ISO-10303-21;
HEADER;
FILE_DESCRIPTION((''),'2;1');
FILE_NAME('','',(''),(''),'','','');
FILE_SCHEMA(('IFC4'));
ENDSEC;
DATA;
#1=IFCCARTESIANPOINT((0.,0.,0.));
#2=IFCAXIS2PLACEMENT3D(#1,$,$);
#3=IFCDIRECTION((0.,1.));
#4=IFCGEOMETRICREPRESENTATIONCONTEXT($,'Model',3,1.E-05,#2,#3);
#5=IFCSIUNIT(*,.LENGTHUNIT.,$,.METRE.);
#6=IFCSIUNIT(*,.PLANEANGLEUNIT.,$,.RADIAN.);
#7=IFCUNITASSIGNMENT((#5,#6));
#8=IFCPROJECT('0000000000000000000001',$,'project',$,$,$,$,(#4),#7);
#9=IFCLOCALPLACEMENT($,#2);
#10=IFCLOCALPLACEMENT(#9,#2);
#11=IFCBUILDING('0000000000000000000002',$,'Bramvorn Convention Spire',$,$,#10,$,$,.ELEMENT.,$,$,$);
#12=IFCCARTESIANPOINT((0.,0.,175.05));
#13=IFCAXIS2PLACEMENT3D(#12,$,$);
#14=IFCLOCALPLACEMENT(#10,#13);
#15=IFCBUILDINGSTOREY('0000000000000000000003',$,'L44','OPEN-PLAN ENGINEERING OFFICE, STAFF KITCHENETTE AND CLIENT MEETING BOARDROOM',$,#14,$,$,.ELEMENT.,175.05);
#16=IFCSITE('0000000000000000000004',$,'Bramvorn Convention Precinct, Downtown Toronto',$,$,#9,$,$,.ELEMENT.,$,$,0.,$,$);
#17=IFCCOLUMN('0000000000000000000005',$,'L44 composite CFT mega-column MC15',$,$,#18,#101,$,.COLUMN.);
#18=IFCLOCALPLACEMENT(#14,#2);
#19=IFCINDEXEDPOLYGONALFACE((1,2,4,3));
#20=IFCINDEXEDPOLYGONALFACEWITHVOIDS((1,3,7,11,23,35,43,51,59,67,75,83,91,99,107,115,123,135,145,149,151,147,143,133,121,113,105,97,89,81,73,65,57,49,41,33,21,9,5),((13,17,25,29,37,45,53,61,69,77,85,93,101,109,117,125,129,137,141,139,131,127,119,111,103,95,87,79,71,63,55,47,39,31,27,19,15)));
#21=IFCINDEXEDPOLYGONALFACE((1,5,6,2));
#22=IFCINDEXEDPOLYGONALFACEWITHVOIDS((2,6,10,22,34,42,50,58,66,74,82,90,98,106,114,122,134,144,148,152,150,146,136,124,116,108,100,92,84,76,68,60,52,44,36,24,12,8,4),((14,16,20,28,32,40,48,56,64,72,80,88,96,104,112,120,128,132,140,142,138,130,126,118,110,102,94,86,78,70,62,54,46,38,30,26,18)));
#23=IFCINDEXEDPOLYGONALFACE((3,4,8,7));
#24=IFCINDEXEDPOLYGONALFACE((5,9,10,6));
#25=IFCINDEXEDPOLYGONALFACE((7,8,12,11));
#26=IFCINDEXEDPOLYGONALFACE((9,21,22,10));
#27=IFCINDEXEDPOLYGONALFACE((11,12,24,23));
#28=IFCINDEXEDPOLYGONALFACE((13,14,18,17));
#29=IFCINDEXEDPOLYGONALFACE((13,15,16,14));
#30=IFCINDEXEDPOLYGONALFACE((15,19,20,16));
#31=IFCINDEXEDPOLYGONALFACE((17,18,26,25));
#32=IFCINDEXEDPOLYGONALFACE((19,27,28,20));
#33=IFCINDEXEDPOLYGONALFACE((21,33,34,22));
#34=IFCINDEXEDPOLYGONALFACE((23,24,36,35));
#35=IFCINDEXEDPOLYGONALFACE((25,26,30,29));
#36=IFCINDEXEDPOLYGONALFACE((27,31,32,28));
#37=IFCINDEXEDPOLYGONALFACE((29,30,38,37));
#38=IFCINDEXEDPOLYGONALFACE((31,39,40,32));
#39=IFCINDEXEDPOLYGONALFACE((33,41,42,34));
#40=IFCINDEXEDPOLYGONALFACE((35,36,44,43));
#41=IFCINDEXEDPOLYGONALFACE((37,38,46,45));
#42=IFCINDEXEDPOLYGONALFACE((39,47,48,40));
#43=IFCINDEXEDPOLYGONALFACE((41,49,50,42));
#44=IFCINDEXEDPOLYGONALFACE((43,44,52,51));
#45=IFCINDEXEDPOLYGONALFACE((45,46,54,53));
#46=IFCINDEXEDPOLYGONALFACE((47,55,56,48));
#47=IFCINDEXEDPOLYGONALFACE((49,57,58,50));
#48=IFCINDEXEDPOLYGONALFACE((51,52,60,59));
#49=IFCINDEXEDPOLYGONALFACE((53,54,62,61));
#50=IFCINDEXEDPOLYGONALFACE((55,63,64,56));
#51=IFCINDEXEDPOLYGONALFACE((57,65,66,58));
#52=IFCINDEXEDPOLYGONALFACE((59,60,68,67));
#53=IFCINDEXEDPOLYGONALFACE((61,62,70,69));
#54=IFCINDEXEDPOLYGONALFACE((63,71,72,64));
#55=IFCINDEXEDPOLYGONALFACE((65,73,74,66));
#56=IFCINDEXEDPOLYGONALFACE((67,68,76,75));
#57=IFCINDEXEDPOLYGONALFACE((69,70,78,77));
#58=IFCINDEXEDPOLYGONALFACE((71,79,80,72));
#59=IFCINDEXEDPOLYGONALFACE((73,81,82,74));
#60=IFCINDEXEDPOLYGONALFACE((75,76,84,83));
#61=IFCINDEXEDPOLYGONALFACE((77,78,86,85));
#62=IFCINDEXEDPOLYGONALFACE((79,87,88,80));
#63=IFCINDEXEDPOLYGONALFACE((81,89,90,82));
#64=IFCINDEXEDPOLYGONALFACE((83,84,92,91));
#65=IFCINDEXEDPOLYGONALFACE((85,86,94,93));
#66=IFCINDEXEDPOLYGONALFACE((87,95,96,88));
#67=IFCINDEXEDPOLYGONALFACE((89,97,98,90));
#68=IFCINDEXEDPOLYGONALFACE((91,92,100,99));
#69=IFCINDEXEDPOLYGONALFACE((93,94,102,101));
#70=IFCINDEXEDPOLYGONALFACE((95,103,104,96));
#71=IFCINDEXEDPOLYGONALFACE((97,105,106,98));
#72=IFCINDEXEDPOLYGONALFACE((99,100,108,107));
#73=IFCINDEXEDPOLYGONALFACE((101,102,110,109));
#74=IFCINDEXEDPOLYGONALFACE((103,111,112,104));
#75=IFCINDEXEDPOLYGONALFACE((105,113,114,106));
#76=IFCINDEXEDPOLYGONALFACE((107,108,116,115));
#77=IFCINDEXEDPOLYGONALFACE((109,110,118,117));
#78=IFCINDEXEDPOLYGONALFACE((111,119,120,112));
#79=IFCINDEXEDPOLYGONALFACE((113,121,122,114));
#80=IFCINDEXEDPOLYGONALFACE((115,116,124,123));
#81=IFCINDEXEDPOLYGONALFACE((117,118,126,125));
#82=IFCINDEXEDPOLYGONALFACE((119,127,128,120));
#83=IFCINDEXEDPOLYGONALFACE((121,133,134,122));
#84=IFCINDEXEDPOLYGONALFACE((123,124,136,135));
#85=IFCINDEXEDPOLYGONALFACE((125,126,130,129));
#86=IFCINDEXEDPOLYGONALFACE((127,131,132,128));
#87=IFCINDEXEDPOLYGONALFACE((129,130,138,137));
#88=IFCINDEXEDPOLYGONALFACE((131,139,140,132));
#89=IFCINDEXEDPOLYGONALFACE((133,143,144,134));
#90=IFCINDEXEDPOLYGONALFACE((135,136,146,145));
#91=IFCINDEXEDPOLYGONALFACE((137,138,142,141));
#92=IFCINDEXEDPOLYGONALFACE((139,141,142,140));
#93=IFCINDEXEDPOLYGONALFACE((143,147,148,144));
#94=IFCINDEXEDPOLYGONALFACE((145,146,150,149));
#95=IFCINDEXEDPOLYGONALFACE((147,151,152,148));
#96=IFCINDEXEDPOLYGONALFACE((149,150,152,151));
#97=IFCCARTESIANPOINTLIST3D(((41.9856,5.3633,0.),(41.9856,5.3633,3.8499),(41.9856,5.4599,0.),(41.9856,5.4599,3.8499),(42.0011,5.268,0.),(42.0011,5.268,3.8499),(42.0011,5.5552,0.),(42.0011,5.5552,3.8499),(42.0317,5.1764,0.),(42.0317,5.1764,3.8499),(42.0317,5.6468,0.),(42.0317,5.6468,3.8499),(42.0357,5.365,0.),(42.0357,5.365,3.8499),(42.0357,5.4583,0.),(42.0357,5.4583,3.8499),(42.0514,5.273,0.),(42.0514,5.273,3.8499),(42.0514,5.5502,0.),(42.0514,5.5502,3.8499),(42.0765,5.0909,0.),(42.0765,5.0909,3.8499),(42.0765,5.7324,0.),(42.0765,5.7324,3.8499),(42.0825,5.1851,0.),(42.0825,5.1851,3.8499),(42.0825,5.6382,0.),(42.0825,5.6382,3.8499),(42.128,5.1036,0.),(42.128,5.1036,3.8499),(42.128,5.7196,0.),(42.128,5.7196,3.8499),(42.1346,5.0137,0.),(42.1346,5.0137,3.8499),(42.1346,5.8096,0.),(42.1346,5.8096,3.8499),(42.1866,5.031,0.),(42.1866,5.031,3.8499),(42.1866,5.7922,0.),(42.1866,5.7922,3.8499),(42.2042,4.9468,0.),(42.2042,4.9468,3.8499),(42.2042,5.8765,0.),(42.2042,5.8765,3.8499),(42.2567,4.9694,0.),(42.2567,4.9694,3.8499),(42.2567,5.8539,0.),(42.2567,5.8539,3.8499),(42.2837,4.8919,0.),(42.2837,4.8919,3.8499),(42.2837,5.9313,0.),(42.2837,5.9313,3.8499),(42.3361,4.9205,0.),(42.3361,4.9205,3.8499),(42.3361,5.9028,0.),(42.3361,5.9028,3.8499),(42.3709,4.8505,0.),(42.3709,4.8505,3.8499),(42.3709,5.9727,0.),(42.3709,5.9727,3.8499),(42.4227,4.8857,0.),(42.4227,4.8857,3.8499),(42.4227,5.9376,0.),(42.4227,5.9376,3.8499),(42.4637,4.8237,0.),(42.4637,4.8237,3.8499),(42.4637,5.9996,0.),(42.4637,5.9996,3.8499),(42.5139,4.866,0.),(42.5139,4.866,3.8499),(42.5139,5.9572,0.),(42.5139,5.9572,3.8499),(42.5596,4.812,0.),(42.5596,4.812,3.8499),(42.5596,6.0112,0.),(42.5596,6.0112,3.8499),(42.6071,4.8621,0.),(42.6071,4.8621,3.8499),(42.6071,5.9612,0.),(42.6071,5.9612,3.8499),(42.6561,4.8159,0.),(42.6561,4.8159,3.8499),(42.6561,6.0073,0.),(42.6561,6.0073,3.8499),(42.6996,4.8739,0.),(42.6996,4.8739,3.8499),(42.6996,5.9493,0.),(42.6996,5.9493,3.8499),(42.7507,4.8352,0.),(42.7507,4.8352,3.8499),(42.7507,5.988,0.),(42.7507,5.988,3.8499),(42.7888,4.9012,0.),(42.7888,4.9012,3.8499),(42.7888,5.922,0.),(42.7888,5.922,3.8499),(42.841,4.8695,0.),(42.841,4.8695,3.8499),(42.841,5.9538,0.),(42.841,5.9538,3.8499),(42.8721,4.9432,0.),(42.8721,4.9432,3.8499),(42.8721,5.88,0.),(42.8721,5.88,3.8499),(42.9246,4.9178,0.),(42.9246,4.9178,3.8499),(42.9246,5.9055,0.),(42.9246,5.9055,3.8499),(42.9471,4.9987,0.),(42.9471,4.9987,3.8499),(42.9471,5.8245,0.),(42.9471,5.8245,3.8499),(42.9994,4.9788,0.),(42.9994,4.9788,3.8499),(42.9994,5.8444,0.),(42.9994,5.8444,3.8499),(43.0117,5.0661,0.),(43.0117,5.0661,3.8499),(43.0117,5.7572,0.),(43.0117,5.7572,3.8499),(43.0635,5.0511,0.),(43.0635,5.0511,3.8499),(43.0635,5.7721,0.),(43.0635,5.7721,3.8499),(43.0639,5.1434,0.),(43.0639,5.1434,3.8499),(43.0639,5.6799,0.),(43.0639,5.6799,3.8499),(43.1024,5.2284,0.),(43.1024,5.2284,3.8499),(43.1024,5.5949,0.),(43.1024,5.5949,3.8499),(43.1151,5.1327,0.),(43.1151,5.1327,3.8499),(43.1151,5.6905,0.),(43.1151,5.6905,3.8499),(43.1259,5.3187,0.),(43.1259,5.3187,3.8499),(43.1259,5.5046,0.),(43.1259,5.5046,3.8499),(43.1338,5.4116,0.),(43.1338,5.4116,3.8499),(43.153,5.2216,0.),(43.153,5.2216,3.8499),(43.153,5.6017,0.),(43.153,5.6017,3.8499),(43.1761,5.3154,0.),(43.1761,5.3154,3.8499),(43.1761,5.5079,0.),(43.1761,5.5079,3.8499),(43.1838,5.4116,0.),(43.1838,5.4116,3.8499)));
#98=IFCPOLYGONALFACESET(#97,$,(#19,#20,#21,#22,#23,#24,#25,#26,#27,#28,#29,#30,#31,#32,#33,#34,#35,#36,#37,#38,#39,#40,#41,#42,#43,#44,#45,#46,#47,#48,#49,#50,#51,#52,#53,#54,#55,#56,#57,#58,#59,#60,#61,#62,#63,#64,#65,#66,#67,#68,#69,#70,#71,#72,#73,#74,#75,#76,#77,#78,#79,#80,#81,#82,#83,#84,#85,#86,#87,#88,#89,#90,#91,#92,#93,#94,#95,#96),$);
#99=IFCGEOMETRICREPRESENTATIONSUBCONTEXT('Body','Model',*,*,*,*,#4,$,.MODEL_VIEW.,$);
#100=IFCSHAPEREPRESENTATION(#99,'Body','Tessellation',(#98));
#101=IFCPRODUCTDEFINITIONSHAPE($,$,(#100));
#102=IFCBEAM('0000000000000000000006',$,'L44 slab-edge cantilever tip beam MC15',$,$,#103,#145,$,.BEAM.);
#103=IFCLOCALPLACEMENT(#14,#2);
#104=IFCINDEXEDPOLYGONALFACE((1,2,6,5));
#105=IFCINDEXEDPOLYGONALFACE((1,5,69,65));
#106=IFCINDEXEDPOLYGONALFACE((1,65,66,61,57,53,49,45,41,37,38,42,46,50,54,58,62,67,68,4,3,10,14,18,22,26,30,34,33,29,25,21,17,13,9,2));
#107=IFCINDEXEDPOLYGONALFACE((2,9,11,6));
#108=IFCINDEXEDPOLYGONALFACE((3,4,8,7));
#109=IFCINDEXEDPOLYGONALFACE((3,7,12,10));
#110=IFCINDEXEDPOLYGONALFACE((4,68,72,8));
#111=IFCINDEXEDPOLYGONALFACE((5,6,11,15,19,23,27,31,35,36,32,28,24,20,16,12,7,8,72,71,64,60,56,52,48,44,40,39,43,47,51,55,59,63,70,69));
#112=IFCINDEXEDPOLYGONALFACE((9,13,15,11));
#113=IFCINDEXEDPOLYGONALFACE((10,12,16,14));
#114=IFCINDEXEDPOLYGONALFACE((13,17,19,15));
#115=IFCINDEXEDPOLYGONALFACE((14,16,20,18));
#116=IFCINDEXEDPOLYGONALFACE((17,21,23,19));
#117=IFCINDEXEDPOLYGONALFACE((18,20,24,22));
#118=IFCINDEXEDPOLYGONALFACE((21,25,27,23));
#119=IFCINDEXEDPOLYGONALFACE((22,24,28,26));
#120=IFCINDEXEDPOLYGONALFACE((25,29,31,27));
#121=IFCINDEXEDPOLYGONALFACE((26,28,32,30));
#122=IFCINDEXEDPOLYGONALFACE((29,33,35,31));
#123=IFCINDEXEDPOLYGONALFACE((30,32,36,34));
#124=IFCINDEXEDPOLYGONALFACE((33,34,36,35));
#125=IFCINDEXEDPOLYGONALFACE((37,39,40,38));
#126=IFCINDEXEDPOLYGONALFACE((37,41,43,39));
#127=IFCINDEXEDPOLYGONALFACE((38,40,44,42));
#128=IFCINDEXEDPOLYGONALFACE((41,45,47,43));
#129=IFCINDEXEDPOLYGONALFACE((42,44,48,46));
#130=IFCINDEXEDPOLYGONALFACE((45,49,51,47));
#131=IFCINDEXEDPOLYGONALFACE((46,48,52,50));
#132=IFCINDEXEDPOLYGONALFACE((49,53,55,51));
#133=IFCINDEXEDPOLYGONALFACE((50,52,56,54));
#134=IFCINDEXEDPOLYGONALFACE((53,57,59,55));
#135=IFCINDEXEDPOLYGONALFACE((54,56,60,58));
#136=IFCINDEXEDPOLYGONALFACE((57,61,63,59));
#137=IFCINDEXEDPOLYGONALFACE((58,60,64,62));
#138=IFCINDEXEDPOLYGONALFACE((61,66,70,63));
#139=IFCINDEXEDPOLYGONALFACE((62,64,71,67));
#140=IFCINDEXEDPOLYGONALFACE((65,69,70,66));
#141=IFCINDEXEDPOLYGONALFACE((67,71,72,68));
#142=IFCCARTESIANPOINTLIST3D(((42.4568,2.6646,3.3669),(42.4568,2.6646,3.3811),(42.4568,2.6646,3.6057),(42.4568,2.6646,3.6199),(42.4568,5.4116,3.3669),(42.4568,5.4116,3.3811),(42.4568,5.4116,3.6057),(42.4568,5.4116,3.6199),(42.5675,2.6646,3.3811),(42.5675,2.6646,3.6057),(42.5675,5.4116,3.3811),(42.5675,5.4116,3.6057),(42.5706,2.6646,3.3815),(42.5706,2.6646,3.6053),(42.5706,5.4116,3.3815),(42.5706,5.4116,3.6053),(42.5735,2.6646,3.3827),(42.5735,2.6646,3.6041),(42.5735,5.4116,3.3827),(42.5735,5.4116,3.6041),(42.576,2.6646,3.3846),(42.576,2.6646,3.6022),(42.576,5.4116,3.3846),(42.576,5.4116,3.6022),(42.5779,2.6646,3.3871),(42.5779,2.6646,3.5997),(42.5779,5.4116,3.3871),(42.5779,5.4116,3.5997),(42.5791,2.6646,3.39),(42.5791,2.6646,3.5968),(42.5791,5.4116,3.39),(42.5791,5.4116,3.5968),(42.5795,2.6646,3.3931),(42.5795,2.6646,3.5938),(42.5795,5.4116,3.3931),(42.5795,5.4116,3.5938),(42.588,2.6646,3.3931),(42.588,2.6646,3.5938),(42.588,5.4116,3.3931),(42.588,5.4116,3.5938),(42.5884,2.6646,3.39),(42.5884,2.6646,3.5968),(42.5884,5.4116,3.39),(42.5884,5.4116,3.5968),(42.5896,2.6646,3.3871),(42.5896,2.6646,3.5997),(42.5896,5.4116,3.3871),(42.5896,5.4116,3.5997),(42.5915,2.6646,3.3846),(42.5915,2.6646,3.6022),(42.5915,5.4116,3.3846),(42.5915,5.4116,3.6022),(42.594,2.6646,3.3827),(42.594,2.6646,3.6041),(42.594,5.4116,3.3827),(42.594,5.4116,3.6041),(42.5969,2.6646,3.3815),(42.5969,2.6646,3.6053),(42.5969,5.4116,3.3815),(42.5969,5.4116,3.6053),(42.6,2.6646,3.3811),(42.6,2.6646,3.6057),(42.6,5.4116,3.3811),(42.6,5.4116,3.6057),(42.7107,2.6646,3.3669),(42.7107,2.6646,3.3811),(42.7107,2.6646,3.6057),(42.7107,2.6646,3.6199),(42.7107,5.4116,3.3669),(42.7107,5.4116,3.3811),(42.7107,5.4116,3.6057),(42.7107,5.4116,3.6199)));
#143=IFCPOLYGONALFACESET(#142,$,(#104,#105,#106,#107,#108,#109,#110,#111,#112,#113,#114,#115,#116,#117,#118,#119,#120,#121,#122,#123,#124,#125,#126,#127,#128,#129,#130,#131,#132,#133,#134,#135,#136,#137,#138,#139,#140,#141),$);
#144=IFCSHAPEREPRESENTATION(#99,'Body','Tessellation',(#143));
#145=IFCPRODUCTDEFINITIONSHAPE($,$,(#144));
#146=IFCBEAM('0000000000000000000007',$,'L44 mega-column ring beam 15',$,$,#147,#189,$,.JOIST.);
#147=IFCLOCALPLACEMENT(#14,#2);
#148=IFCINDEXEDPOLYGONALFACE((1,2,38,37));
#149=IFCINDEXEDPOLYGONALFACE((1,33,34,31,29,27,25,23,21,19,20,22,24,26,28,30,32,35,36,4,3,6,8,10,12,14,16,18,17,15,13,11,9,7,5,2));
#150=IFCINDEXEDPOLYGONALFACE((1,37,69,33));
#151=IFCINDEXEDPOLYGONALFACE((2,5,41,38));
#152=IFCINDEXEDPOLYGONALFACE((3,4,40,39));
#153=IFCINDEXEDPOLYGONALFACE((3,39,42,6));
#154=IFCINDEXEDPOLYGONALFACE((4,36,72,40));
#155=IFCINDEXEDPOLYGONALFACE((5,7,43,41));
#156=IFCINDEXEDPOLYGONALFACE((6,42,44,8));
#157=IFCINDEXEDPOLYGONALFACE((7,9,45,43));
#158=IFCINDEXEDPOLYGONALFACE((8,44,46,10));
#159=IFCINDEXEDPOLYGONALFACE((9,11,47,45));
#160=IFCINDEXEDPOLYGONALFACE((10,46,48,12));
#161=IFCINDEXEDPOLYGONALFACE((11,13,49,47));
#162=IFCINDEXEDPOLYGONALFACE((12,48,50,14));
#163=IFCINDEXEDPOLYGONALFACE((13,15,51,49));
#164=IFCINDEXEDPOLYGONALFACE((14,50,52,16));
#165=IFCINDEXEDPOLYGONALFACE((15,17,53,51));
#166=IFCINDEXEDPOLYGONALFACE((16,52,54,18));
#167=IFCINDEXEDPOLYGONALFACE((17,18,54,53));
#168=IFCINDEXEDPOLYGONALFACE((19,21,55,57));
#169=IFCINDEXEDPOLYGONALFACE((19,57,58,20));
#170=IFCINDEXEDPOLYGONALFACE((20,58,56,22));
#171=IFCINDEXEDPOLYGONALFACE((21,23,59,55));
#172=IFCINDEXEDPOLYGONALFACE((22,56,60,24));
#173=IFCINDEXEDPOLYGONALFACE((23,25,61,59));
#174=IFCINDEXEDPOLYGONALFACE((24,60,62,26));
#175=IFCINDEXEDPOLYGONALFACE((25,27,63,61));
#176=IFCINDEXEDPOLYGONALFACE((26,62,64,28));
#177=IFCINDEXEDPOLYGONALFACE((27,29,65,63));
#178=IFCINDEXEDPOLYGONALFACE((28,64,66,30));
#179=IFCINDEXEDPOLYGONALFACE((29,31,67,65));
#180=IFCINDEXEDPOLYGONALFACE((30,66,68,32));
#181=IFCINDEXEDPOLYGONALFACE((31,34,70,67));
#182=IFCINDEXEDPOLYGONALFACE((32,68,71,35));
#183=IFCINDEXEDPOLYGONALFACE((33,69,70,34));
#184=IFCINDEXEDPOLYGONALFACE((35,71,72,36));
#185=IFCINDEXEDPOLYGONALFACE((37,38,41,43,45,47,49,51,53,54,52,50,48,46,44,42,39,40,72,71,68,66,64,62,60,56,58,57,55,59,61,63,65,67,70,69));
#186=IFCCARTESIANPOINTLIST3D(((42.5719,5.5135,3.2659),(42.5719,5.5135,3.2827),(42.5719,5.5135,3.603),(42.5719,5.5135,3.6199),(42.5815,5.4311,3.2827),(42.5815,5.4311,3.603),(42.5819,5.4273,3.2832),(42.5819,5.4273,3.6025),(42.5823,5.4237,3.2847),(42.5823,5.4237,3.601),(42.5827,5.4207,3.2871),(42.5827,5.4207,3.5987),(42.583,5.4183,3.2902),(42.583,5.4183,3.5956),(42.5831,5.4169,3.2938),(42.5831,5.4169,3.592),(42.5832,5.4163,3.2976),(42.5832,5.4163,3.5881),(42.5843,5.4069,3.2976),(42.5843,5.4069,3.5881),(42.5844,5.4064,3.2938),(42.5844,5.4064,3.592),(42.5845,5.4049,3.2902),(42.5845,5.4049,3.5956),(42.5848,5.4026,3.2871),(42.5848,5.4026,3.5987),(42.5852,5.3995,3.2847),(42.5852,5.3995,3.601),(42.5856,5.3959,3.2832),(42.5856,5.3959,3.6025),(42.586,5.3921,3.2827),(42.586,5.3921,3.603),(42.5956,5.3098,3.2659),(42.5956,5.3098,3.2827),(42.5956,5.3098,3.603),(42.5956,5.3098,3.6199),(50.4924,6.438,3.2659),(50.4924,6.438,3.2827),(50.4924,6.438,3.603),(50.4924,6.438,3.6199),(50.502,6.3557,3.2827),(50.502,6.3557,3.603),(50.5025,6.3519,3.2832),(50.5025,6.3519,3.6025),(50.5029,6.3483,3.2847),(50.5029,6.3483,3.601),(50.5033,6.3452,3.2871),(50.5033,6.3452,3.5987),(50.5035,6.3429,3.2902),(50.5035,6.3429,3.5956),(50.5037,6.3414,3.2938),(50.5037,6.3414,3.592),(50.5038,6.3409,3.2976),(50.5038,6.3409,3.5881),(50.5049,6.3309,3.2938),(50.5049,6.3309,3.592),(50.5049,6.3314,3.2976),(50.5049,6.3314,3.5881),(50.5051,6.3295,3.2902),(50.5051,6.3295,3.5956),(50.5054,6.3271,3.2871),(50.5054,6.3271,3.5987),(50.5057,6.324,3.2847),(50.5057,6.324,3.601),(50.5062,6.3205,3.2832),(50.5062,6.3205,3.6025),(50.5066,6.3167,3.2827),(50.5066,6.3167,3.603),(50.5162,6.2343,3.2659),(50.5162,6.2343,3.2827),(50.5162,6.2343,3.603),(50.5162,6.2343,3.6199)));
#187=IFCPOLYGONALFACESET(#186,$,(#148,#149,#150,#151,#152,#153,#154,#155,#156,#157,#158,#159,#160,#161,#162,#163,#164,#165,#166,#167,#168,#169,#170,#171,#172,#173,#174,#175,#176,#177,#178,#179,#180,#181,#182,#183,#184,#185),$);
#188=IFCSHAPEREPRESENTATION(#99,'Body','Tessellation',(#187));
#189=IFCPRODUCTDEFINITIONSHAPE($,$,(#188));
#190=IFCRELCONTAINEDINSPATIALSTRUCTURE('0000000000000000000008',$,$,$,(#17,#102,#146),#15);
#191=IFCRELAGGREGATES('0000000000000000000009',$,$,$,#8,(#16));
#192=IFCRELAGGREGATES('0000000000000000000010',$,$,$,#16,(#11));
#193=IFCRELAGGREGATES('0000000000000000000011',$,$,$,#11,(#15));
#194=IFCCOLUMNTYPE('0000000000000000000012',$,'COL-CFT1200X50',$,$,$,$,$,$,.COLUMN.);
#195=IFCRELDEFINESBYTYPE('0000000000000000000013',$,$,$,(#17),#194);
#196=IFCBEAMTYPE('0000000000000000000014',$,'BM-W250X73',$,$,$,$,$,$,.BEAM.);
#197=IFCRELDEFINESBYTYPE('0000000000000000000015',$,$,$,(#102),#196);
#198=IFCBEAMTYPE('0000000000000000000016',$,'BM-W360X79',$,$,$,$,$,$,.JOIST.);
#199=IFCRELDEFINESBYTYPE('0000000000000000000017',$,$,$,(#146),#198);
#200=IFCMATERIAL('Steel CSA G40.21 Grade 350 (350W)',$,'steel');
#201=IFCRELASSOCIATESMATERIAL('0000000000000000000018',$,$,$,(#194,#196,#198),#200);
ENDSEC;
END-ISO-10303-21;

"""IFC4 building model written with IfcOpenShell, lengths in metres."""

from ifc_helpers import new_model, si_unit, direction, frame, origin, origin_2d, place, context, subcontext, project, spatial, hollow_circle, i_section, extrude, material, material_profile, profile_set, type_object, element, save


model = new_model("IFC4")

# Units and contexts
model_context = context("Model", 3, precision=1e-05, world=origin(), true_north=direction((0.0, 1.0)))
body_context = subcontext(model_context, "Body", "Model", "MODEL_VIEW")
ifc_project = project(units=[si_unit("LENGTHUNIT", "METRE"), si_unit("PLANEANGLEUNIT", "RADIAN")], contexts=[model_context])

# Site, building, storey
site_placement = place(None, origin())
site = spatial("IfcSite", under=ifc_project, at=site_placement, Name="Bramvorn Convention Precinct, Downtown Toronto", CompositionType="ELEMENT", RefElevation=0.0)
building_placement = place(site_placement, origin())
building = spatial("IfcBuilding", under=site, at=building_placement, Name="Bramvorn Convention Spire", CompositionType="ELEMENT")
storey_placement = place(building_placement, frame((0.0, 0.0, 175.05)))
storey = spatial("IfcBuildingStorey", under=building, at=storey_placement, Name="L44", Description="OPEN-PLAN ENGINEERING OFFICE, STAFF KITCHENETTE AND CLIENT MEETING BOARDROOM", CompositionType="ELEMENT", Elevation=175.05)

# Column
ifc_material_1 = material(Name="Steel CSA G40.21 Grade 350 (350W)", Category="steel")
ifc_material_profile_1 = material_profile(ifc_material_1, hollow_circle(Radius=0.6001, WallThickness=0.05, at=origin_2d()))
ifc_profile_set_1 = profile_set([ifc_material_profile_1], Name="Steel CSA G40.21 Grade 350 (350W) - CFT1200X50")
column_type = type_object("IfcColumnType", Name="COL-CFT1200X50", PredefinedType="COLUMN", material=ifc_profile_set_1)
column_placement = place(storey_placement, frame((42.5837, 5.4116, 0.0), z_axis=(0.0, 0.0, 1.0), x_axis=(1.0, 0.0, 0.0)))
element("IfcColumn", 1, at=column_placement, inside=storey, type_object=column_type, Name="L44 composite CFT mega-column MC15", PredefinedType="COLUMN", context=body_context, shape_type="SweptSolid", body=[
    extrude(hollow_circle(Radius=0.6001, WallThickness=0.05, at=origin_2d()), origin(), (0.0, 0.0, 1.0), 3.8499),
])

# Beams
ifc_material_profile_2 = material_profile(ifc_material_1, i_section(OverallWidth=0.2539, OverallDepth=0.2529, WebThickness=0.0085, FlangeThickness=0.0142, FilletRadius=0.012, at=origin_2d()))
ifc_profile_set_2 = profile_set([ifc_material_profile_2], Name="Steel CSA G40.21 Grade 350 (350W) - W250X73")
beam_type_1 = type_object("IfcBeamType", Name="BM-W250X73", PredefinedType="BEAM", material=ifc_profile_set_2)
beam_1_placement = place(storey_placement, frame((42.5837, 5.4116, 3.4934), z_axis=(0.0, -1.0, 0.0), x_axis=(1.0, 0.0, 0.0)))
element("IfcBeam", 2, at=beam_1_placement, inside=storey, type_object=beam_type_1, Name="L44 slab-edge cantilever tip beam MC15", PredefinedType="BEAM", context=body_context, shape_type="SweptSolid", body=[
    extrude(i_section(OverallWidth=0.2539, OverallDepth=0.2529, WebThickness=0.0085, FlangeThickness=0.0142, FilletRadius=0.012, at=origin_2d()), origin(), (0.0, 0.0, 1.0), 2.7471),
])
ifc_material_profile_3 = material_profile(ifc_material_1, i_section(OverallWidth=0.2051, OverallDepth=0.354, WebThickness=0.0095, FlangeThickness=0.0168, FilletRadius=0.0149, at=origin_2d()))
ifc_profile_set_3 = profile_set([ifc_material_profile_3], Name="Steel CSA G40.21 Grade 350 (350W) - W360X79")
beam_type_2 = type_object("IfcBeamType", Name="BM-W360X79", PredefinedType="JOIST", material=ifc_profile_set_3)
beam_2_placement = place(storey_placement, frame((42.5837, 5.4116, 3.4429), z_axis=(0.993256, 0.115941, 0.0), x_axis=(-0.115941, 0.993256, 0.0)))
element("IfcBeam", 3, at=beam_2_placement, inside=storey, type_object=beam_type_2, Name="L44 mega-column ring beam 15", PredefinedType="JOIST", context=body_context, shape_type="SweptSolid", body=[
    extrude(i_section(OverallWidth=0.2051, OverallDepth=0.354, WebThickness=0.0095, FlangeThickness=0.0168, FilletRadius=0.0149, at=origin_2d()), origin(), (0.0, 0.0, 1.0), 7.9744),
])

save(model, "model.ifc")
